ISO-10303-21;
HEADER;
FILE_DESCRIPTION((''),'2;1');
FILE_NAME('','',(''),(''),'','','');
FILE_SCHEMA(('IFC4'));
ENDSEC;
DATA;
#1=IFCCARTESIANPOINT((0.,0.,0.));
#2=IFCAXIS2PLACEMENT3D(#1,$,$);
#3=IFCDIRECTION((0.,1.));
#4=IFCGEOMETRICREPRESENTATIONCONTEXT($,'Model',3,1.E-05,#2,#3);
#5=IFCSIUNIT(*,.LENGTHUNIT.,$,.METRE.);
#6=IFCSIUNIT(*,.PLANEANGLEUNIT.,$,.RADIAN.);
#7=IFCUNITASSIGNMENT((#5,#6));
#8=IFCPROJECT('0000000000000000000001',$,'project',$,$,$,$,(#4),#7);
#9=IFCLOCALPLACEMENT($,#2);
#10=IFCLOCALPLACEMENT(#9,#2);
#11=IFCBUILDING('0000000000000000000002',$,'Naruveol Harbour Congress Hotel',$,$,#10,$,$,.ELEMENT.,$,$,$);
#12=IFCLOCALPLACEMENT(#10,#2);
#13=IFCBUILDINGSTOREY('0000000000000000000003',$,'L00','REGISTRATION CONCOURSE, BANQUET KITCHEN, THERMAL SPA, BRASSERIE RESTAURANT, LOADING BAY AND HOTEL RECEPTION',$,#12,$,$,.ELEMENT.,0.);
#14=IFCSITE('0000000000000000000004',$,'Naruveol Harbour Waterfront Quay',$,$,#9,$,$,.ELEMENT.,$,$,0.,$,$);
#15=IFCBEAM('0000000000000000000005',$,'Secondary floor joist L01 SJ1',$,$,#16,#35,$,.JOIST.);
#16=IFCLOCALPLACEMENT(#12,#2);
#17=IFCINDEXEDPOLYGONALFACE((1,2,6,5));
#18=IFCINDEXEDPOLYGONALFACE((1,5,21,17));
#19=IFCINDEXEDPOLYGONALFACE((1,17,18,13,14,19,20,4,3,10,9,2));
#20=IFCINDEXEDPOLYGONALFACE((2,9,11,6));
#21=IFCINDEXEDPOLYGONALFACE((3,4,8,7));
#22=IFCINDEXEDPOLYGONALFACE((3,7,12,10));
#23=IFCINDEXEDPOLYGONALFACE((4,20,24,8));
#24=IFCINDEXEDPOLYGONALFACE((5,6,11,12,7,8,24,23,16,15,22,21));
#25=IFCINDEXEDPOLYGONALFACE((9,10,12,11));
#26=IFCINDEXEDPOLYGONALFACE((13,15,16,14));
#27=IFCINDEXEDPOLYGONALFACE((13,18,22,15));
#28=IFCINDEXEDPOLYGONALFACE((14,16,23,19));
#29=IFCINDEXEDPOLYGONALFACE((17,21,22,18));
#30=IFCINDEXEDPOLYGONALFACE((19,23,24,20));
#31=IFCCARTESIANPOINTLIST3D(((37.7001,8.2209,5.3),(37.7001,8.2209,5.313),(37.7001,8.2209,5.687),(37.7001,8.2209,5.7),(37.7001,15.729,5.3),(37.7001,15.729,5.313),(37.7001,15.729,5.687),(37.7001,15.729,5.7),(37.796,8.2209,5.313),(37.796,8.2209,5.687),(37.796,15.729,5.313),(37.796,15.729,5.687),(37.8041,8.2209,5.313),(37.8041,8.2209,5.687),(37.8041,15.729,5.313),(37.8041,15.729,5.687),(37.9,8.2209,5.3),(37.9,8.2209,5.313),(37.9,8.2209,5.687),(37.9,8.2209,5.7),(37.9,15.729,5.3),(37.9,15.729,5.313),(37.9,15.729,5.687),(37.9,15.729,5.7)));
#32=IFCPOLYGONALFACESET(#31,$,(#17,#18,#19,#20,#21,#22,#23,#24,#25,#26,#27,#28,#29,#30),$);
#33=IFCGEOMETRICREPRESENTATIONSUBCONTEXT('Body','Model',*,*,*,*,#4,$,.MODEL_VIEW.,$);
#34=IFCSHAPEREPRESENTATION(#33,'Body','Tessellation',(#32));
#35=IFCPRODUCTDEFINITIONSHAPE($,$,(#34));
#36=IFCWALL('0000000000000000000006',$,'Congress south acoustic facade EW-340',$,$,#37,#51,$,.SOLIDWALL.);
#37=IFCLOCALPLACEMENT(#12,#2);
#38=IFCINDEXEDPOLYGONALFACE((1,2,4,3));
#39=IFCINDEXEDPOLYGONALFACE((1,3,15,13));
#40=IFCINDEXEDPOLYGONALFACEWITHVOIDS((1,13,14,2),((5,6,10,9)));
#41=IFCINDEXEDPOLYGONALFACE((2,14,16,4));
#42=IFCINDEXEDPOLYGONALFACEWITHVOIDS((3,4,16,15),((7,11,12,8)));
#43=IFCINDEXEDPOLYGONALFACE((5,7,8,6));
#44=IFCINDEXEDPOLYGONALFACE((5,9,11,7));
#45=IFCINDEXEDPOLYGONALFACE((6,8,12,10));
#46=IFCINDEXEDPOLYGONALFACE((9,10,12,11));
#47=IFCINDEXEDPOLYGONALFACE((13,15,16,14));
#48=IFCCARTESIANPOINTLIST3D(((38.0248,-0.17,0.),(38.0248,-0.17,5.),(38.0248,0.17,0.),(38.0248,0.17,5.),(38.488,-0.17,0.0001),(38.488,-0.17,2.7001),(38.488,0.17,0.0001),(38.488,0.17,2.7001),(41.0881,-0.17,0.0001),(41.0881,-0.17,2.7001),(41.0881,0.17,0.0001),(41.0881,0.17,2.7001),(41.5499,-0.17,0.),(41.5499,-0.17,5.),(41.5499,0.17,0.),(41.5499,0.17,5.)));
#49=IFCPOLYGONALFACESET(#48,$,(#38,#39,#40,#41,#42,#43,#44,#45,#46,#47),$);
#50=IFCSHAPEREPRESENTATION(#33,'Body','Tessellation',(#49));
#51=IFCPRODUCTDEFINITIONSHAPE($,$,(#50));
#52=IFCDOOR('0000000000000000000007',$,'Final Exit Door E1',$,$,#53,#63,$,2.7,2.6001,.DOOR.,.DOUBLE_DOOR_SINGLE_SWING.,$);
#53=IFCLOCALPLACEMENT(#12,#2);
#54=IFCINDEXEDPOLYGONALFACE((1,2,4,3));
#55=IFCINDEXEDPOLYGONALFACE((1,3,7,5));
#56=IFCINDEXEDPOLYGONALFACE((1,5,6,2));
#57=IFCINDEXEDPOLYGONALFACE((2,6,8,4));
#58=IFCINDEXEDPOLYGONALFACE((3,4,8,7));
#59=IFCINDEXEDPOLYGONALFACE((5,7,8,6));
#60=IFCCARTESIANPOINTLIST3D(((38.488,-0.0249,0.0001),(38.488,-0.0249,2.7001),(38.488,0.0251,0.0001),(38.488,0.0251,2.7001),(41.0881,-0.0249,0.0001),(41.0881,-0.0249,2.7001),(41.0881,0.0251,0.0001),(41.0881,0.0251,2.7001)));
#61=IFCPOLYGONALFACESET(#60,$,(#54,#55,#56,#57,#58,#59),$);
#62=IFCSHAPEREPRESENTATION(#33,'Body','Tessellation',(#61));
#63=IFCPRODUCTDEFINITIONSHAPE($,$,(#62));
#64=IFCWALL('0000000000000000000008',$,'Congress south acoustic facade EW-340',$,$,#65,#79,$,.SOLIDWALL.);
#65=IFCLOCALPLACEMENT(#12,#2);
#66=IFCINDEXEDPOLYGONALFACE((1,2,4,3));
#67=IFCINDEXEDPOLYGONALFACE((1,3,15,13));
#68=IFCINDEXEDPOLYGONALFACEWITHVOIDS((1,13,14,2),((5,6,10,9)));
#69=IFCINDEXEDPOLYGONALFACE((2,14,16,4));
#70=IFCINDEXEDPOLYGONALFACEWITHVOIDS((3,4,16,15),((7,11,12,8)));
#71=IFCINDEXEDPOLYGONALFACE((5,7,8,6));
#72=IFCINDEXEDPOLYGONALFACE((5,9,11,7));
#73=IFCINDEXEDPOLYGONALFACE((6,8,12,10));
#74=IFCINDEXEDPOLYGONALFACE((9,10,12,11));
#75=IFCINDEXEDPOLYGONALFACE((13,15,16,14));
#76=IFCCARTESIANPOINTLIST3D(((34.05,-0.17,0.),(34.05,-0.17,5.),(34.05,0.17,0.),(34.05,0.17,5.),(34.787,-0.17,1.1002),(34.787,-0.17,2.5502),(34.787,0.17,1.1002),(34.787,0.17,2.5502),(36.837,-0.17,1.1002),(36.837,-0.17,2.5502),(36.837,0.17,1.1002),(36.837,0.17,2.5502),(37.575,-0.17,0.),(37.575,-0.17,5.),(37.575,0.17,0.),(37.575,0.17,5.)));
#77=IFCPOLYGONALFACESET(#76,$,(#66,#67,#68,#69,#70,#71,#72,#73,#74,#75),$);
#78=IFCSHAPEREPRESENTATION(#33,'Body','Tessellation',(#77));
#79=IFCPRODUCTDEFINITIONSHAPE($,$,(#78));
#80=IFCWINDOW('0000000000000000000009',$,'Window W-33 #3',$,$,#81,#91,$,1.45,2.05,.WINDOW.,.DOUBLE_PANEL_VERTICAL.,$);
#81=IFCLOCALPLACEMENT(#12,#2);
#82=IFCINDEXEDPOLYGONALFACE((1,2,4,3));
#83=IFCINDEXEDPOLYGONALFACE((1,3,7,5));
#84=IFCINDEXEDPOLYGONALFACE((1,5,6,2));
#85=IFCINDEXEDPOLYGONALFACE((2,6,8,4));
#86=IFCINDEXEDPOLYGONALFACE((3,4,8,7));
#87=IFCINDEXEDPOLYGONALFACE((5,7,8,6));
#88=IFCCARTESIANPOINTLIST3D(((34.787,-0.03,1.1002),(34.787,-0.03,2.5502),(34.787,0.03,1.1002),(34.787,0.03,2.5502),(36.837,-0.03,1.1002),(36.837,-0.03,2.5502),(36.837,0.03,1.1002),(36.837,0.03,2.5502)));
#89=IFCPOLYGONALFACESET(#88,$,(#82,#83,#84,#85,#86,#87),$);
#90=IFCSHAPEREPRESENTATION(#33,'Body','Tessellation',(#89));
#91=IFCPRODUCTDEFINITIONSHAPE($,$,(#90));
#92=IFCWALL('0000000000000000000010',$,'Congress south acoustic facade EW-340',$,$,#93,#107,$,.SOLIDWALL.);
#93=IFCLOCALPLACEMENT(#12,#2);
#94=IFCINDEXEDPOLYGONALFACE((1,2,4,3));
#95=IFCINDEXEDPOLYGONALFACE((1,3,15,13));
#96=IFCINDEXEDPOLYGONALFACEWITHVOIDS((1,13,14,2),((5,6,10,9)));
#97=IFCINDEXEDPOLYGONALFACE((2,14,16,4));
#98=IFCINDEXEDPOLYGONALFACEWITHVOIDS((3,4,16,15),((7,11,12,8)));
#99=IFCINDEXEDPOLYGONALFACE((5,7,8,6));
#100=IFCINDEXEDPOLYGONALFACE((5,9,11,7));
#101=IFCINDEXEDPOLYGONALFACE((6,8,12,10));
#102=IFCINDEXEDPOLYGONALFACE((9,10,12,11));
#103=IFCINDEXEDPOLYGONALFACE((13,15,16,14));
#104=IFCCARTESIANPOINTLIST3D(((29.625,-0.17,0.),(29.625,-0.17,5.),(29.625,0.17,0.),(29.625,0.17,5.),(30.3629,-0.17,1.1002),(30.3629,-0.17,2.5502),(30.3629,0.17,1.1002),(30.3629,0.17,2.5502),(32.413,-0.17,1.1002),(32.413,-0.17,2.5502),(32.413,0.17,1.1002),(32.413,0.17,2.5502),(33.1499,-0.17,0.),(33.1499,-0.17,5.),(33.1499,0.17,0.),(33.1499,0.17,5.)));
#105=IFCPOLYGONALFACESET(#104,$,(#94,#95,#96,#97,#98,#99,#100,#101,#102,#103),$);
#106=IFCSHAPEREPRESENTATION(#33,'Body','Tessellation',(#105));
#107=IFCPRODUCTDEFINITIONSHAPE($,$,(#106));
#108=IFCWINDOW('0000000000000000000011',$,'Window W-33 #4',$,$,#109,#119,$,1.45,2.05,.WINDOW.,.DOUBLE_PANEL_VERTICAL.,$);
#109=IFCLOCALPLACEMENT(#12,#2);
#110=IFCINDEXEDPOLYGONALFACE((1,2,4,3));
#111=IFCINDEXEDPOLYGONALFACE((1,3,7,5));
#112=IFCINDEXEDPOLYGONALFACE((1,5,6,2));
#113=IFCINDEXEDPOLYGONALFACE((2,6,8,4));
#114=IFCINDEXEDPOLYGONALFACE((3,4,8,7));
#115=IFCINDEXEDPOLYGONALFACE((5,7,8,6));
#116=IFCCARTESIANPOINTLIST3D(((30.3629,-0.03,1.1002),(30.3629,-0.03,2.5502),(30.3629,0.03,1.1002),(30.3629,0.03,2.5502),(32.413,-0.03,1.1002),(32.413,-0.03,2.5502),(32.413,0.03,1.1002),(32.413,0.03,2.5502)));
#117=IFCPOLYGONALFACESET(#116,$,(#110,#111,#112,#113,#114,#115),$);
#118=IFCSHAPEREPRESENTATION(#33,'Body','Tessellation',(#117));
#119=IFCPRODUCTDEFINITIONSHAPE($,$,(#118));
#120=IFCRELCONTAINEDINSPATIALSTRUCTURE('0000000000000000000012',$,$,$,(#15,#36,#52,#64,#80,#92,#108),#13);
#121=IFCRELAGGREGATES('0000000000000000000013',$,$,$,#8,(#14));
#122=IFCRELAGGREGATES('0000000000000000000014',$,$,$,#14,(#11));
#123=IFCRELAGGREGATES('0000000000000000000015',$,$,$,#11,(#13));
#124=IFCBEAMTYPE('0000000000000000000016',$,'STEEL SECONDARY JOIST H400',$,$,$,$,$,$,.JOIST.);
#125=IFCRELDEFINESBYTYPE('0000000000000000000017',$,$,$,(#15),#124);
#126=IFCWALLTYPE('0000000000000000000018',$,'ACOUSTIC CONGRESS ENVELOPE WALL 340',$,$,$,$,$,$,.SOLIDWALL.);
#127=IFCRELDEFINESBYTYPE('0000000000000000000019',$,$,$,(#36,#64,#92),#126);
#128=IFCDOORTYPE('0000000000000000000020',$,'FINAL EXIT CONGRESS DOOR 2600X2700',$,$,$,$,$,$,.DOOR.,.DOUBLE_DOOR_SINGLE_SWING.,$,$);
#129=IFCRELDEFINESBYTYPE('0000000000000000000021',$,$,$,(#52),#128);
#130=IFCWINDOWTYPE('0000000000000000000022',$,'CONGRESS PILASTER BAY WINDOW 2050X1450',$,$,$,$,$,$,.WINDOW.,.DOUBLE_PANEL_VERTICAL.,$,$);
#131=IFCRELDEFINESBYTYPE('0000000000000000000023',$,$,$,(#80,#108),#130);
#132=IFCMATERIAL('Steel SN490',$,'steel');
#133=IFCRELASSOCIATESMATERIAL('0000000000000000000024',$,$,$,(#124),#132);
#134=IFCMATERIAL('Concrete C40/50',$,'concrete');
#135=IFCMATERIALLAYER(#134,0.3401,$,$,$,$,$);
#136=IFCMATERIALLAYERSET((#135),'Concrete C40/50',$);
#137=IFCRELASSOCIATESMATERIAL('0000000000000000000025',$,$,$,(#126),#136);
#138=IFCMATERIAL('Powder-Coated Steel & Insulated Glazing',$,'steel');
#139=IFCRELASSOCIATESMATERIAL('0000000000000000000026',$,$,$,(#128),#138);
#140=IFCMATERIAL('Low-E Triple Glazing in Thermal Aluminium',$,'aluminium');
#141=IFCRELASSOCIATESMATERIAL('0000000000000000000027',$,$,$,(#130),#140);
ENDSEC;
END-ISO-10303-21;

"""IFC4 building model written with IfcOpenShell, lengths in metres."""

from ifc_helpers import new_model, si_unit, direction, frame, frame_2d, origin, origin_2d, place, context, subcontext, project, spatial, rectangle, i_section, extrude, material, layer, layer_set, material_profile, profile_set, type_object, element, fill, save


model = new_model("IFC4")

# Units and contexts
model_context = context("Model", 3, precision=1e-05, world=origin(), true_north=direction((0.0, 1.0)))
body_context = subcontext(model_context, "Body", "Model", "MODEL_VIEW")
ifc_project = project(units=[si_unit("LENGTHUNIT", "METRE"), si_unit("PLANEANGLEUNIT", "RADIAN")], contexts=[model_context])

# Site, building, storey
site_placement = place(None, origin())
site = spatial("IfcSite", under=ifc_project, at=site_placement, Name="Naruveol Harbour Waterfront Quay", CompositionType="ELEMENT", RefElevation=0.0)
building_placement = place(site_placement, origin())
building = spatial("IfcBuilding", under=site, at=building_placement, Name="Naruveol Harbour Congress Hotel", CompositionType="ELEMENT")
storey_placement = place(building_placement, origin())
storey = spatial("IfcBuildingStorey", under=building, at=storey_placement, Name="L00", Description="REGISTRATION CONCOURSE, BANQUET KITCHEN, THERMAL SPA, BRASSERIE RESTAURANT, LOADING BAY AND HOTEL RECEPTION", CompositionType="ELEMENT", Elevation=0.0)

# Beam
ifc_material_1 = material(Name="Steel SN490", Category="steel")
ifc_material_profile_1 = material_profile(ifc_material_1, i_section(OverallWidth=0.2, OverallDepth=0.3999, WebThickness=0.0081, FlangeThickness=0.0129, at=origin_2d()), Name="H-400x200x8x13")
ifc_profile_set_1 = profile_set([ifc_material_profile_1], Name="Steel SN490")
beam_type_1 = type_object("IfcBeamType", Name="STEEL SECONDARY JOIST H400", PredefinedType="JOIST", material=ifc_profile_set_1)
for number, where, z_axis, x_axis, name in (
    (1, (37.8, 8.2209, 5.5), (0.0, 1.0, 0.0), (-1.0, 0.0, 0.0), "Secondary floor joist L01 SJ1"),
):
    element("IfcBeam", number, at=place(storey_placement, frame(where, z_axis=z_axis, x_axis=x_axis)), inside=storey, type_object=beam_type_1, Name=name, PredefinedType="JOIST", context=body_context, shape_type="SweptSolid", body=[
        extrude(i_section(OverallWidth=0.2, OverallDepth=0.3999, WebThickness=0.0081, FlangeThickness=0.0129, at=origin_2d()), origin(), (0.0, 0.0, 1.0), 7.5081),
    ])

# Wall, opening, door
ifc_material_2 = material(Name="Concrete C40/50", Category="concrete")
ifc_layer = layer(ifc_material_2, 0.3401)
ifc_layer_set = layer_set([ifc_layer], Name="Concrete C40/50")
wall_type = type_object("IfcWallType", Name="ACOUSTIC CONGRESS ENVELOPE WALL 340", PredefinedType="SOLIDWALL", material=ifc_layer_set)
wall_1_placement = place(storey_placement, frame((41.55, 0.0, 0.0), z_axis=(0.0, 0.0, 1.0), x_axis=(-1.0, 0.0, 0.0)))
wall_1 = element("IfcWall", 2, at=wall_1_placement, inside=storey, type_object=wall_type, Name="Congress south acoustic facade EW-340", PredefinedType="SOLIDWALL", context=body_context, shape_type="SweptSolid", body=[
    extrude(rectangle(XDim=3.5251, YDim=0.3401, at=frame_2d((1.7627, 0.0))), origin(), (0.0, 0.0, 1.0), 5.0),
])
opening_1_placement = place(wall_1_placement, frame((0.4619, 0.0, 0.0)))
opening_1 = element("IfcOpeningElement", 3, at=opening_1_placement, cuts=wall_1, PredefinedType="OPENING", context=body_context, shape_type="SweptSolid", body=[
    extrude(rectangle(XDim=2.6001, YDim=2.7, at=frame_2d((1.3, 1.3501))), frame((0.0, 0.1799, 0.0), z_axis=(0.0, -1.0, 0.0), x_axis=(1.0, 0.0, 0.0)), (0.0, 0.0, 1.0), 0.3601),
])
ifc_material_3 = material(Name="Powder-Coated Steel & Insulated Glazing", Category="steel")
door_type = type_object("IfcDoorType", Name="FINAL EXIT CONGRESS DOOR 2600X2700", OperationType="DOUBLE_DOOR_SINGLE_SWING", PredefinedType="DOOR", material=ifc_material_3)
door_placement = place(opening_1_placement, origin())
door = element("IfcDoor", 4, at=door_placement, inside=storey, type_object=door_type, Name="Final Exit Door E1", OperationType="DOUBLE_DOOR_SINGLE_SWING", OverallHeight=2.7, OverallWidth=2.6001, PredefinedType="DOOR", context=body_context, shape_type="SweptSolid", body=[
    extrude(rectangle(XDim=2.6001, YDim=2.7, at=frame_2d((1.3, 1.3501))), frame((0.0, 0.0249, 0.0), z_axis=(0.0, -1.0, 0.0), x_axis=(1.0, 0.0, 0.0)), (0.0, 0.0, 1.0), 0.05),
])
fill(opening_1, door)

# Walls, openings, windows
wall_2_placement = place(storey_placement, frame((37.575, 0.0, 0.0), z_axis=(0.0, 0.0, 1.0), x_axis=(-1.0, 0.0, 0.0)))
wall_2 = element("IfcWall", 5, at=wall_2_placement, inside=storey, type_object=wall_type, Name="Congress south acoustic facade EW-340", PredefinedType="SOLIDWALL", context=body_context, shape_type="SweptSolid", body=[
    extrude(rectangle(XDim=3.5249, YDim=0.3401, at=frame_2d((1.7625, 0.0))), origin(), (0.0, 0.0, 1.0), 5.0),
])
opening_2_placement = place(wall_2_placement, frame((0.738, 0.0, 1.1001)))
opening_2 = element("IfcOpeningElement", 6, at=opening_2_placement, cuts=wall_2, PredefinedType="OPENING", context=body_context, shape_type="SweptSolid", body=[
    extrude(rectangle(XDim=2.05, YDim=1.45, at=frame_2d((1.0249, 0.7251))), frame((0.0, 0.1799, 0.0), z_axis=(0.0, -1.0, 0.0), x_axis=(1.0, 0.0, 0.0)), (0.0, 0.0, 1.0), 0.3601),
])
ifc_material_4 = material(Name="Low-E Triple Glazing in Thermal Aluminium", Category="aluminium")
window_type = type_object("IfcWindowType", Name="CONGRESS PILASTER BAY WINDOW 2050X1450", PartitioningType="DOUBLE_PANEL_VERTICAL", PredefinedType="WINDOW", material=ifc_material_4)
window_1_placement = place(opening_2_placement, origin())
window_1 = element("IfcWindow", 7, at=window_1_placement, inside=storey, type_object=window_type, Name="Window W-33 #3", OverallHeight=1.45, OverallWidth=2.05, PartitioningType="DOUBLE_PANEL_VERTICAL", PredefinedType="WINDOW", context=body_context, shape_type="SweptSolid", body=[
    extrude(rectangle(XDim=2.05, YDim=1.45, at=frame_2d((1.0249, 0.7251))), frame((0.0, 0.03, 0.0), z_axis=(0.0, -1.0, 0.0), x_axis=(1.0, 0.0, 0.0)), (0.0, 0.0, 1.0), 0.0601),
])
fill(opening_2, window_1)
wall_3_placement = place(storey_placement, frame((33.1499, 0.0, 0.0), z_axis=(0.0, 0.0, 1.0), x_axis=(-1.0, 0.0, 0.0)))
wall_3 = element("IfcWall", 8, at=wall_3_placement, inside=storey, type_object=wall_type, Name="Congress south acoustic facade EW-340", PredefinedType="SOLIDWALL", context=body_context, shape_type="SweptSolid", body=[
    extrude(rectangle(XDim=3.5249, YDim=0.3401, at=frame_2d((1.7625, 0.0))), origin(), (0.0, 0.0, 1.0), 5.0),
])
opening_3_placement = place(wall_3_placement, frame((0.7371, 0.0, 1.1001)))
opening_3 = element("IfcOpeningElement", 9, at=opening_3_placement, cuts=wall_3, PredefinedType="OPENING", context=body_context, shape_type="SweptSolid", body=[
    extrude(rectangle(XDim=2.05, YDim=1.45, at=frame_2d((1.0249, 0.7251))), frame((0.0, 0.1799, 0.0), z_axis=(0.0, -1.0, 0.0), x_axis=(1.0, 0.0, 0.0)), (0.0, 0.0, 1.0), 0.3601),
])
window_2_placement = place(opening_3_placement, origin())
window_2 = element("IfcWindow", 10, at=window_2_placement, inside=storey, type_object=window_type, Name="Window W-33 #4", OverallHeight=1.45, OverallWidth=2.05, PartitioningType="DOUBLE_PANEL_VERTICAL", PredefinedType="WINDOW", context=body_context, shape_type="SweptSolid", body=[
    extrude(rectangle(XDim=2.05, YDim=1.45, at=frame_2d((1.0249, 0.7251))), frame((0.0, 0.03, 0.0), z_axis=(0.0, -1.0, 0.0), x_axis=(1.0, 0.0, 0.0)), (0.0, 0.0, 1.0), 0.0601),
])
fill(opening_3, window_2)

save(model, "model.ifc")
